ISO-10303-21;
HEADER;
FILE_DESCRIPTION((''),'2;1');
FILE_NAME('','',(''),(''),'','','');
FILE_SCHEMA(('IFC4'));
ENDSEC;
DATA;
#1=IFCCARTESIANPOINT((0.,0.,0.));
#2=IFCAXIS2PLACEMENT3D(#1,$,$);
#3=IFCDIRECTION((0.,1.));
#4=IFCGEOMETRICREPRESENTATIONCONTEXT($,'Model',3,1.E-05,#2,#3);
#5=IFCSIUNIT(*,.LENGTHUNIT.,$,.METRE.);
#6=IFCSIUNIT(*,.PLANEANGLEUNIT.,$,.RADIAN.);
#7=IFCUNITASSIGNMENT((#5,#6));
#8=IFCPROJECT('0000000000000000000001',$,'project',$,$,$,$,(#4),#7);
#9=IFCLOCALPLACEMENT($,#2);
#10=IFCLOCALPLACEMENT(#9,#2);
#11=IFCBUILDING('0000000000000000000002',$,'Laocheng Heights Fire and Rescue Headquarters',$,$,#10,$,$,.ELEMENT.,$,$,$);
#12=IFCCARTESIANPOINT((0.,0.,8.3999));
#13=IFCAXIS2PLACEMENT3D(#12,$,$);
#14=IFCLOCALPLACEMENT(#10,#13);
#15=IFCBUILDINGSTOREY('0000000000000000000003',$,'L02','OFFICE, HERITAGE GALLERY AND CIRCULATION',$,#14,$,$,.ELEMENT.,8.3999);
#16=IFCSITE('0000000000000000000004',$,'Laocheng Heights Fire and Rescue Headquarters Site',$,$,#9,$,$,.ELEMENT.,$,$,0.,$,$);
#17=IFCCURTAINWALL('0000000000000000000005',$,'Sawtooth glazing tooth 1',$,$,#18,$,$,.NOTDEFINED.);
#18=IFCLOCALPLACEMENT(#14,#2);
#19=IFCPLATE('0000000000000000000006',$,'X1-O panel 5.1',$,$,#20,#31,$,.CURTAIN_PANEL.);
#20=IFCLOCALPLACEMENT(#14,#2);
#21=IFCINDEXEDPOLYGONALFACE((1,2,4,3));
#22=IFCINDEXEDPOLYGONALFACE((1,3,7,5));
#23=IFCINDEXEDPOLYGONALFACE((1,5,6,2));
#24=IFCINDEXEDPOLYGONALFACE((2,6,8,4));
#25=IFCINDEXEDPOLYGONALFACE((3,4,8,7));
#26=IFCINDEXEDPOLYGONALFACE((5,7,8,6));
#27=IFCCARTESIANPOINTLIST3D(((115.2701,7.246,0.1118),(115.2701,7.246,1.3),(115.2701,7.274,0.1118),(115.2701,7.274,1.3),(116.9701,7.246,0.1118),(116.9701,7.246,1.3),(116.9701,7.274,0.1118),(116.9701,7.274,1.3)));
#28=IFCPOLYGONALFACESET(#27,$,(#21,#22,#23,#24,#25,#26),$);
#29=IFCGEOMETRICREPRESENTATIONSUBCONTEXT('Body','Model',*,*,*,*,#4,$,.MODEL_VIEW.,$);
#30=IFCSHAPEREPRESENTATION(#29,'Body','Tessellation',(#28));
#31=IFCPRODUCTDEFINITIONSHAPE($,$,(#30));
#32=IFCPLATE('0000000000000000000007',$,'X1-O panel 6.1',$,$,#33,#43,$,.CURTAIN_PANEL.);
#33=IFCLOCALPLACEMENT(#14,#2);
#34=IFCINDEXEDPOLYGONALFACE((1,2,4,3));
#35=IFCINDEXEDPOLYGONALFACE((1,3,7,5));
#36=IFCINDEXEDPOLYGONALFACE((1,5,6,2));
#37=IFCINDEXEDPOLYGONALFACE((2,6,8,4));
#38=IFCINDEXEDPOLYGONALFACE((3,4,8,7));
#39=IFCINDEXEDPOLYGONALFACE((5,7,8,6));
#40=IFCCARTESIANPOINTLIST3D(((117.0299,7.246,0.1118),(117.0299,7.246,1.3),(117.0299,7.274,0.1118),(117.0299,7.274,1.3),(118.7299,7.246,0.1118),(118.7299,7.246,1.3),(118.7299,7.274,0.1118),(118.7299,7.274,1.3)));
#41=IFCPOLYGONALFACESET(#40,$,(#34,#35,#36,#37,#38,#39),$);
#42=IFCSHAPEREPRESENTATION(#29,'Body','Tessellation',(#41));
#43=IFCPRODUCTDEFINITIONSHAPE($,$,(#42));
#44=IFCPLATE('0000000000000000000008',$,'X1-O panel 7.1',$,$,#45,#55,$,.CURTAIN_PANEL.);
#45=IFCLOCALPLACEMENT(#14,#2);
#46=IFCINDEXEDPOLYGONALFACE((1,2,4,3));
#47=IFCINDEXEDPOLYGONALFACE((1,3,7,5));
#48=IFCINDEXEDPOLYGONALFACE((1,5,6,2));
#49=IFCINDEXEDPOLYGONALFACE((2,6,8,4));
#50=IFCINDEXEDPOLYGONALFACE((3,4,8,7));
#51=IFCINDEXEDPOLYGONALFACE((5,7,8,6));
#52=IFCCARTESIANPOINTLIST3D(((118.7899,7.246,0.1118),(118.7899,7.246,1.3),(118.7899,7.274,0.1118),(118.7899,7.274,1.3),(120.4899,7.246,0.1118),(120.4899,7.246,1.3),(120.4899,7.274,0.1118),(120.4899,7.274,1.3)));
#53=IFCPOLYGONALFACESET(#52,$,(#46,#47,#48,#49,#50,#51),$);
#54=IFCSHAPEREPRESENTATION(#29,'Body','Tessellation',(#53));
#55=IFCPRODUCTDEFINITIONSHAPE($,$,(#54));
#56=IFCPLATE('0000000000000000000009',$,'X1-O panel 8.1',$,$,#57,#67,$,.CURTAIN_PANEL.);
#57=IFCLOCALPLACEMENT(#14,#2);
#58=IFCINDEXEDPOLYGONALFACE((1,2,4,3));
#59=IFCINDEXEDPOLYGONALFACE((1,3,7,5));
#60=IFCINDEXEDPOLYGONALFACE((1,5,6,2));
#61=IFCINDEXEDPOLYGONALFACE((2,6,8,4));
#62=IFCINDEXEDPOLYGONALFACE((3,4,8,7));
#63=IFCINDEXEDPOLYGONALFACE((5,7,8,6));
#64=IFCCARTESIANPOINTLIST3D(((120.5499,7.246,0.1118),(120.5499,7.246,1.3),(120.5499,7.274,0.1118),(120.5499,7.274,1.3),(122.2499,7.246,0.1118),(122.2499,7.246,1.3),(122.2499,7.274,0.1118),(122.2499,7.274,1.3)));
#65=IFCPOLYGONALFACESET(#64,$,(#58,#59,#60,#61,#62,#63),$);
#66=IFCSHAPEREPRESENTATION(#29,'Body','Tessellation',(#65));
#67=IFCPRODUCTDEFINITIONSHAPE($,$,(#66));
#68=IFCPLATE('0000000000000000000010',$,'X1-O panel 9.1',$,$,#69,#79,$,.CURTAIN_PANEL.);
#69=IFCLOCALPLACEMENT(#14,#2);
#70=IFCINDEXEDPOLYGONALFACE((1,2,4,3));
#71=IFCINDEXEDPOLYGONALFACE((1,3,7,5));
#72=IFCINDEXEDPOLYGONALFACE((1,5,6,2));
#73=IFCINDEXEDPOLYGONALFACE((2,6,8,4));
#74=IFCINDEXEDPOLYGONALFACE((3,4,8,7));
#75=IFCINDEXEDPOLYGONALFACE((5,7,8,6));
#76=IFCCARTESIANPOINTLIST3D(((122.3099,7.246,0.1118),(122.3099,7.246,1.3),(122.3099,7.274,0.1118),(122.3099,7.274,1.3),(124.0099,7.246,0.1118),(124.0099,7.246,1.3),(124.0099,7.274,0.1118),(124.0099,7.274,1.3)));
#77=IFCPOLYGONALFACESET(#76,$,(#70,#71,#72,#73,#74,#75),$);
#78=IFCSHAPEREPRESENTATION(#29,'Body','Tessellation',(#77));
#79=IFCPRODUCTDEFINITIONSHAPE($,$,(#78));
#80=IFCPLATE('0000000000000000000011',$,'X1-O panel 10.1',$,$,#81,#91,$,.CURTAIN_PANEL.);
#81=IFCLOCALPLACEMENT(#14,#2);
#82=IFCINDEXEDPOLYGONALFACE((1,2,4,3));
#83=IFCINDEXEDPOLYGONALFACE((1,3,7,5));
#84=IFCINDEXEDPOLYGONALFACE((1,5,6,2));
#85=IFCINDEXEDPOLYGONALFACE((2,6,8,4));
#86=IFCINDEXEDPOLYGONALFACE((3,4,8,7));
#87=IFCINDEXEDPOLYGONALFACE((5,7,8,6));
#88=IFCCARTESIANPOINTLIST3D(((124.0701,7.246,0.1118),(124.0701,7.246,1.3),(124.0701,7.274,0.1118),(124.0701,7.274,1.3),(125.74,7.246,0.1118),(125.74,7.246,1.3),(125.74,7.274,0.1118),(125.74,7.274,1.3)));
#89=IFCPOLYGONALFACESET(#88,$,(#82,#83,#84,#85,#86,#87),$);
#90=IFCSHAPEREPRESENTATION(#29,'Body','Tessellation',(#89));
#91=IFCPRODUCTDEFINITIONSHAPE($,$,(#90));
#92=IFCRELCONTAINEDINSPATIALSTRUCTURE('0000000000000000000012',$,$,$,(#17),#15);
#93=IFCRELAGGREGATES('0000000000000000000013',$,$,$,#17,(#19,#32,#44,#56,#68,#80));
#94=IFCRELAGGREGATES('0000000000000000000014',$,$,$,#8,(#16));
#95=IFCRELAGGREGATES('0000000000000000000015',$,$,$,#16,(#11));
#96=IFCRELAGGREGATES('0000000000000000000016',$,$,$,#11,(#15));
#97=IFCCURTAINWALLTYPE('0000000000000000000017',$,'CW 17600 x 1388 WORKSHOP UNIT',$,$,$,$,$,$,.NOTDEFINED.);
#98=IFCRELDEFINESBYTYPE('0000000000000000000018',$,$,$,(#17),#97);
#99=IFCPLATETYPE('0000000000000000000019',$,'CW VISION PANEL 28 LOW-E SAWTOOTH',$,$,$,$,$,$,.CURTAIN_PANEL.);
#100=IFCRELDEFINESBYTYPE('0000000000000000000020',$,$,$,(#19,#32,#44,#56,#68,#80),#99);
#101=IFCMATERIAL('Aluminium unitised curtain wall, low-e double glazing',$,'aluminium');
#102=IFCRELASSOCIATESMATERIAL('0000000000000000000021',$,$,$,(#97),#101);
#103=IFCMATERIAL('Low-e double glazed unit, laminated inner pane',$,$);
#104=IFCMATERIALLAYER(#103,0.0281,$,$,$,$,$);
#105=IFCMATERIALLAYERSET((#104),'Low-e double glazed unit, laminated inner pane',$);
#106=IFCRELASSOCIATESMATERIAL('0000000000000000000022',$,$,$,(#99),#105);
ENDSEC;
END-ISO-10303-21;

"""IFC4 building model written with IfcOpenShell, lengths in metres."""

from ifc_helpers import new_model, si_unit, direction, frame, origin, origin_2d, place, context, subcontext, project, spatial, rectangle, extrude, material, layer, layer_set, type_object, element, aggregate, save


model = new_model("IFC4")

# Units and contexts
model_context = context("Model", 3, precision=1e-05, world=origin(), true_north=direction((0.0, 1.0)))
body_context = subcontext(model_context, "Body", "Model", "MODEL_VIEW")
ifc_project = project(units=[si_unit("LENGTHUNIT", "METRE"), si_unit("PLANEANGLEUNIT", "RADIAN")], contexts=[model_context])

# Site, building, storey
site_placement = place(None, origin())
site = spatial("IfcSite", under=ifc_project, at=site_placement, Name="Laocheng Heights Fire and Rescue Headquarters Site", CompositionType="ELEMENT", RefElevation=0.0)
building_placement = place(site_placement, origin())
building = spatial("IfcBuilding", under=site, at=building_placement, Name="Laocheng Heights Fire and Rescue Headquarters", CompositionType="ELEMENT")
storey_placement = place(building_placement, frame((0.0, 0.0, 8.3999)))
storey = spatial("IfcBuildingStorey", under=building, at=storey_placement, Name="L02", Description="OFFICE, HERITAGE GALLERY AND CIRCULATION", CompositionType="ELEMENT", Elevation=8.3999)

# Curtain wall, plates
ifc_material_1 = material(Name="Aluminium unitised curtain wall, low-e double glazing", Category="aluminium")
curtain_wall_type = type_object("IfcCurtainWallType", Name="CW 17600 x 1388 WORKSHOP UNIT", PredefinedType="NOTDEFINED", material=ifc_material_1)
curtain_wall_placement = place(storey_placement, origin())
curtain_wall = element("IfcCurtainWall", 1, at=curtain_wall_placement, inside=storey, type_object=curtain_wall_type, Name="Sawtooth glazing tooth 1", PredefinedType="NOTDEFINED")
ifc_material_2 = material(Name="Low-e double glazed unit, laminated inner pane")
ifc_layer = layer(ifc_material_2, 0.0281)
ifc_layer_set = layer_set([ifc_layer], Name="Low-e double glazed unit, laminated inner pane")
plate_type = type_object("IfcPlateType", Name="CW VISION PANEL 28 LOW-E SAWTOOTH", PredefinedType="CURTAIN_PANEL", material=ifc_layer_set)
plate_1_placement = place(storey_placement, frame((116.1201, 7.26, 0.1118), z_axis=(0.0, 0.0, 1.0), x_axis=(1.0, 0.0, 0.0)))
plate_1 = element("IfcPlate", 2, at=plate_1_placement, type_object=plate_type, Name="X1-O panel 5.1", PredefinedType="CURTAIN_PANEL", context=body_context, shape_type="SweptSolid", body=[
    extrude(rectangle(XDim=1.7, YDim=0.0281, at=origin_2d()), origin(), (0.0, 0.0, 1.0), 1.1882),
])
plate_2_placement = place(storey_placement, frame((117.8799, 7.26, 0.1118), z_axis=(0.0, 0.0, 1.0), x_axis=(1.0, 0.0, 0.0)))
plate_2 = element("IfcPlate", 3, at=plate_2_placement, type_object=plate_type, Name="X1-O panel 6.1", PredefinedType="CURTAIN_PANEL", context=body_context, shape_type="SweptSolid", body=[
    extrude(rectangle(XDim=1.7, YDim=0.0281, at=origin_2d()), origin(), (0.0, 0.0, 1.0), 1.1882),
])
plate_3_placement = place(storey_placement, frame((119.6399, 7.26, 0.1118), z_axis=(0.0, 0.0, 1.0), x_axis=(1.0, 0.0, 0.0)))
plate_3 = element("IfcPlate", 4, at=plate_3_placement, type_object=plate_type, Name="X1-O panel 7.1", PredefinedType="CURTAIN_PANEL", context=body_context, shape_type="SweptSolid", body=[
    extrude(rectangle(XDim=1.7, YDim=0.0281, at=origin_2d()), origin(), (0.0, 0.0, 1.0), 1.1882),
])
plate_4_placement = place(storey_placement, frame((121.3999, 7.26, 0.1118), z_axis=(0.0, 0.0, 1.0), x_axis=(1.0, 0.0, 0.0)))
plate_4 = element("IfcPlate", 5, at=plate_4_placement, type_object=plate_type, Name="X1-O panel 8.1", PredefinedType="CURTAIN_PANEL", context=body_context, shape_type="SweptSolid", body=[
    extrude(rectangle(XDim=1.7, YDim=0.0281, at=origin_2d()), origin(), (0.0, 0.0, 1.0), 1.1882),
])
plate_5_placement = place(storey_placement, frame((123.1599, 7.26, 0.1118), z_axis=(0.0, 0.0, 1.0), x_axis=(1.0, 0.0, 0.0)))
plate_5 = element("IfcPlate", 6, at=plate_5_placement, type_object=plate_type, Name="X1-O panel 9.1", PredefinedType="CURTAIN_PANEL", context=body_context, shape_type="SweptSolid", body=[
    extrude(rectangle(XDim=1.7, YDim=0.0281, at=origin_2d()), origin(), (0.0, 0.0, 1.0), 1.1882),
])
plate_6_placement = place(storey_placement, frame((124.905, 7.26, 0.1118), z_axis=(0.0, 0.0, 1.0), x_axis=(1.0, 0.0, 0.0)))
plate_6 = element("IfcPlate", 7, at=plate_6_placement, type_object=plate_type, Name="X1-O panel 10.1", PredefinedType="CURTAIN_PANEL", context=body_context, shape_type="SweptSolid", body=[
    extrude(rectangle(XDim=1.6699, YDim=0.0281, at=origin_2d()), origin(), (0.0, 0.0, 1.0), 1.1882),
])
aggregate(curtain_wall, [plate_1, plate_2, plate_3, plate_4, plate_5, plate_6])

save(model, "model.ifc")
